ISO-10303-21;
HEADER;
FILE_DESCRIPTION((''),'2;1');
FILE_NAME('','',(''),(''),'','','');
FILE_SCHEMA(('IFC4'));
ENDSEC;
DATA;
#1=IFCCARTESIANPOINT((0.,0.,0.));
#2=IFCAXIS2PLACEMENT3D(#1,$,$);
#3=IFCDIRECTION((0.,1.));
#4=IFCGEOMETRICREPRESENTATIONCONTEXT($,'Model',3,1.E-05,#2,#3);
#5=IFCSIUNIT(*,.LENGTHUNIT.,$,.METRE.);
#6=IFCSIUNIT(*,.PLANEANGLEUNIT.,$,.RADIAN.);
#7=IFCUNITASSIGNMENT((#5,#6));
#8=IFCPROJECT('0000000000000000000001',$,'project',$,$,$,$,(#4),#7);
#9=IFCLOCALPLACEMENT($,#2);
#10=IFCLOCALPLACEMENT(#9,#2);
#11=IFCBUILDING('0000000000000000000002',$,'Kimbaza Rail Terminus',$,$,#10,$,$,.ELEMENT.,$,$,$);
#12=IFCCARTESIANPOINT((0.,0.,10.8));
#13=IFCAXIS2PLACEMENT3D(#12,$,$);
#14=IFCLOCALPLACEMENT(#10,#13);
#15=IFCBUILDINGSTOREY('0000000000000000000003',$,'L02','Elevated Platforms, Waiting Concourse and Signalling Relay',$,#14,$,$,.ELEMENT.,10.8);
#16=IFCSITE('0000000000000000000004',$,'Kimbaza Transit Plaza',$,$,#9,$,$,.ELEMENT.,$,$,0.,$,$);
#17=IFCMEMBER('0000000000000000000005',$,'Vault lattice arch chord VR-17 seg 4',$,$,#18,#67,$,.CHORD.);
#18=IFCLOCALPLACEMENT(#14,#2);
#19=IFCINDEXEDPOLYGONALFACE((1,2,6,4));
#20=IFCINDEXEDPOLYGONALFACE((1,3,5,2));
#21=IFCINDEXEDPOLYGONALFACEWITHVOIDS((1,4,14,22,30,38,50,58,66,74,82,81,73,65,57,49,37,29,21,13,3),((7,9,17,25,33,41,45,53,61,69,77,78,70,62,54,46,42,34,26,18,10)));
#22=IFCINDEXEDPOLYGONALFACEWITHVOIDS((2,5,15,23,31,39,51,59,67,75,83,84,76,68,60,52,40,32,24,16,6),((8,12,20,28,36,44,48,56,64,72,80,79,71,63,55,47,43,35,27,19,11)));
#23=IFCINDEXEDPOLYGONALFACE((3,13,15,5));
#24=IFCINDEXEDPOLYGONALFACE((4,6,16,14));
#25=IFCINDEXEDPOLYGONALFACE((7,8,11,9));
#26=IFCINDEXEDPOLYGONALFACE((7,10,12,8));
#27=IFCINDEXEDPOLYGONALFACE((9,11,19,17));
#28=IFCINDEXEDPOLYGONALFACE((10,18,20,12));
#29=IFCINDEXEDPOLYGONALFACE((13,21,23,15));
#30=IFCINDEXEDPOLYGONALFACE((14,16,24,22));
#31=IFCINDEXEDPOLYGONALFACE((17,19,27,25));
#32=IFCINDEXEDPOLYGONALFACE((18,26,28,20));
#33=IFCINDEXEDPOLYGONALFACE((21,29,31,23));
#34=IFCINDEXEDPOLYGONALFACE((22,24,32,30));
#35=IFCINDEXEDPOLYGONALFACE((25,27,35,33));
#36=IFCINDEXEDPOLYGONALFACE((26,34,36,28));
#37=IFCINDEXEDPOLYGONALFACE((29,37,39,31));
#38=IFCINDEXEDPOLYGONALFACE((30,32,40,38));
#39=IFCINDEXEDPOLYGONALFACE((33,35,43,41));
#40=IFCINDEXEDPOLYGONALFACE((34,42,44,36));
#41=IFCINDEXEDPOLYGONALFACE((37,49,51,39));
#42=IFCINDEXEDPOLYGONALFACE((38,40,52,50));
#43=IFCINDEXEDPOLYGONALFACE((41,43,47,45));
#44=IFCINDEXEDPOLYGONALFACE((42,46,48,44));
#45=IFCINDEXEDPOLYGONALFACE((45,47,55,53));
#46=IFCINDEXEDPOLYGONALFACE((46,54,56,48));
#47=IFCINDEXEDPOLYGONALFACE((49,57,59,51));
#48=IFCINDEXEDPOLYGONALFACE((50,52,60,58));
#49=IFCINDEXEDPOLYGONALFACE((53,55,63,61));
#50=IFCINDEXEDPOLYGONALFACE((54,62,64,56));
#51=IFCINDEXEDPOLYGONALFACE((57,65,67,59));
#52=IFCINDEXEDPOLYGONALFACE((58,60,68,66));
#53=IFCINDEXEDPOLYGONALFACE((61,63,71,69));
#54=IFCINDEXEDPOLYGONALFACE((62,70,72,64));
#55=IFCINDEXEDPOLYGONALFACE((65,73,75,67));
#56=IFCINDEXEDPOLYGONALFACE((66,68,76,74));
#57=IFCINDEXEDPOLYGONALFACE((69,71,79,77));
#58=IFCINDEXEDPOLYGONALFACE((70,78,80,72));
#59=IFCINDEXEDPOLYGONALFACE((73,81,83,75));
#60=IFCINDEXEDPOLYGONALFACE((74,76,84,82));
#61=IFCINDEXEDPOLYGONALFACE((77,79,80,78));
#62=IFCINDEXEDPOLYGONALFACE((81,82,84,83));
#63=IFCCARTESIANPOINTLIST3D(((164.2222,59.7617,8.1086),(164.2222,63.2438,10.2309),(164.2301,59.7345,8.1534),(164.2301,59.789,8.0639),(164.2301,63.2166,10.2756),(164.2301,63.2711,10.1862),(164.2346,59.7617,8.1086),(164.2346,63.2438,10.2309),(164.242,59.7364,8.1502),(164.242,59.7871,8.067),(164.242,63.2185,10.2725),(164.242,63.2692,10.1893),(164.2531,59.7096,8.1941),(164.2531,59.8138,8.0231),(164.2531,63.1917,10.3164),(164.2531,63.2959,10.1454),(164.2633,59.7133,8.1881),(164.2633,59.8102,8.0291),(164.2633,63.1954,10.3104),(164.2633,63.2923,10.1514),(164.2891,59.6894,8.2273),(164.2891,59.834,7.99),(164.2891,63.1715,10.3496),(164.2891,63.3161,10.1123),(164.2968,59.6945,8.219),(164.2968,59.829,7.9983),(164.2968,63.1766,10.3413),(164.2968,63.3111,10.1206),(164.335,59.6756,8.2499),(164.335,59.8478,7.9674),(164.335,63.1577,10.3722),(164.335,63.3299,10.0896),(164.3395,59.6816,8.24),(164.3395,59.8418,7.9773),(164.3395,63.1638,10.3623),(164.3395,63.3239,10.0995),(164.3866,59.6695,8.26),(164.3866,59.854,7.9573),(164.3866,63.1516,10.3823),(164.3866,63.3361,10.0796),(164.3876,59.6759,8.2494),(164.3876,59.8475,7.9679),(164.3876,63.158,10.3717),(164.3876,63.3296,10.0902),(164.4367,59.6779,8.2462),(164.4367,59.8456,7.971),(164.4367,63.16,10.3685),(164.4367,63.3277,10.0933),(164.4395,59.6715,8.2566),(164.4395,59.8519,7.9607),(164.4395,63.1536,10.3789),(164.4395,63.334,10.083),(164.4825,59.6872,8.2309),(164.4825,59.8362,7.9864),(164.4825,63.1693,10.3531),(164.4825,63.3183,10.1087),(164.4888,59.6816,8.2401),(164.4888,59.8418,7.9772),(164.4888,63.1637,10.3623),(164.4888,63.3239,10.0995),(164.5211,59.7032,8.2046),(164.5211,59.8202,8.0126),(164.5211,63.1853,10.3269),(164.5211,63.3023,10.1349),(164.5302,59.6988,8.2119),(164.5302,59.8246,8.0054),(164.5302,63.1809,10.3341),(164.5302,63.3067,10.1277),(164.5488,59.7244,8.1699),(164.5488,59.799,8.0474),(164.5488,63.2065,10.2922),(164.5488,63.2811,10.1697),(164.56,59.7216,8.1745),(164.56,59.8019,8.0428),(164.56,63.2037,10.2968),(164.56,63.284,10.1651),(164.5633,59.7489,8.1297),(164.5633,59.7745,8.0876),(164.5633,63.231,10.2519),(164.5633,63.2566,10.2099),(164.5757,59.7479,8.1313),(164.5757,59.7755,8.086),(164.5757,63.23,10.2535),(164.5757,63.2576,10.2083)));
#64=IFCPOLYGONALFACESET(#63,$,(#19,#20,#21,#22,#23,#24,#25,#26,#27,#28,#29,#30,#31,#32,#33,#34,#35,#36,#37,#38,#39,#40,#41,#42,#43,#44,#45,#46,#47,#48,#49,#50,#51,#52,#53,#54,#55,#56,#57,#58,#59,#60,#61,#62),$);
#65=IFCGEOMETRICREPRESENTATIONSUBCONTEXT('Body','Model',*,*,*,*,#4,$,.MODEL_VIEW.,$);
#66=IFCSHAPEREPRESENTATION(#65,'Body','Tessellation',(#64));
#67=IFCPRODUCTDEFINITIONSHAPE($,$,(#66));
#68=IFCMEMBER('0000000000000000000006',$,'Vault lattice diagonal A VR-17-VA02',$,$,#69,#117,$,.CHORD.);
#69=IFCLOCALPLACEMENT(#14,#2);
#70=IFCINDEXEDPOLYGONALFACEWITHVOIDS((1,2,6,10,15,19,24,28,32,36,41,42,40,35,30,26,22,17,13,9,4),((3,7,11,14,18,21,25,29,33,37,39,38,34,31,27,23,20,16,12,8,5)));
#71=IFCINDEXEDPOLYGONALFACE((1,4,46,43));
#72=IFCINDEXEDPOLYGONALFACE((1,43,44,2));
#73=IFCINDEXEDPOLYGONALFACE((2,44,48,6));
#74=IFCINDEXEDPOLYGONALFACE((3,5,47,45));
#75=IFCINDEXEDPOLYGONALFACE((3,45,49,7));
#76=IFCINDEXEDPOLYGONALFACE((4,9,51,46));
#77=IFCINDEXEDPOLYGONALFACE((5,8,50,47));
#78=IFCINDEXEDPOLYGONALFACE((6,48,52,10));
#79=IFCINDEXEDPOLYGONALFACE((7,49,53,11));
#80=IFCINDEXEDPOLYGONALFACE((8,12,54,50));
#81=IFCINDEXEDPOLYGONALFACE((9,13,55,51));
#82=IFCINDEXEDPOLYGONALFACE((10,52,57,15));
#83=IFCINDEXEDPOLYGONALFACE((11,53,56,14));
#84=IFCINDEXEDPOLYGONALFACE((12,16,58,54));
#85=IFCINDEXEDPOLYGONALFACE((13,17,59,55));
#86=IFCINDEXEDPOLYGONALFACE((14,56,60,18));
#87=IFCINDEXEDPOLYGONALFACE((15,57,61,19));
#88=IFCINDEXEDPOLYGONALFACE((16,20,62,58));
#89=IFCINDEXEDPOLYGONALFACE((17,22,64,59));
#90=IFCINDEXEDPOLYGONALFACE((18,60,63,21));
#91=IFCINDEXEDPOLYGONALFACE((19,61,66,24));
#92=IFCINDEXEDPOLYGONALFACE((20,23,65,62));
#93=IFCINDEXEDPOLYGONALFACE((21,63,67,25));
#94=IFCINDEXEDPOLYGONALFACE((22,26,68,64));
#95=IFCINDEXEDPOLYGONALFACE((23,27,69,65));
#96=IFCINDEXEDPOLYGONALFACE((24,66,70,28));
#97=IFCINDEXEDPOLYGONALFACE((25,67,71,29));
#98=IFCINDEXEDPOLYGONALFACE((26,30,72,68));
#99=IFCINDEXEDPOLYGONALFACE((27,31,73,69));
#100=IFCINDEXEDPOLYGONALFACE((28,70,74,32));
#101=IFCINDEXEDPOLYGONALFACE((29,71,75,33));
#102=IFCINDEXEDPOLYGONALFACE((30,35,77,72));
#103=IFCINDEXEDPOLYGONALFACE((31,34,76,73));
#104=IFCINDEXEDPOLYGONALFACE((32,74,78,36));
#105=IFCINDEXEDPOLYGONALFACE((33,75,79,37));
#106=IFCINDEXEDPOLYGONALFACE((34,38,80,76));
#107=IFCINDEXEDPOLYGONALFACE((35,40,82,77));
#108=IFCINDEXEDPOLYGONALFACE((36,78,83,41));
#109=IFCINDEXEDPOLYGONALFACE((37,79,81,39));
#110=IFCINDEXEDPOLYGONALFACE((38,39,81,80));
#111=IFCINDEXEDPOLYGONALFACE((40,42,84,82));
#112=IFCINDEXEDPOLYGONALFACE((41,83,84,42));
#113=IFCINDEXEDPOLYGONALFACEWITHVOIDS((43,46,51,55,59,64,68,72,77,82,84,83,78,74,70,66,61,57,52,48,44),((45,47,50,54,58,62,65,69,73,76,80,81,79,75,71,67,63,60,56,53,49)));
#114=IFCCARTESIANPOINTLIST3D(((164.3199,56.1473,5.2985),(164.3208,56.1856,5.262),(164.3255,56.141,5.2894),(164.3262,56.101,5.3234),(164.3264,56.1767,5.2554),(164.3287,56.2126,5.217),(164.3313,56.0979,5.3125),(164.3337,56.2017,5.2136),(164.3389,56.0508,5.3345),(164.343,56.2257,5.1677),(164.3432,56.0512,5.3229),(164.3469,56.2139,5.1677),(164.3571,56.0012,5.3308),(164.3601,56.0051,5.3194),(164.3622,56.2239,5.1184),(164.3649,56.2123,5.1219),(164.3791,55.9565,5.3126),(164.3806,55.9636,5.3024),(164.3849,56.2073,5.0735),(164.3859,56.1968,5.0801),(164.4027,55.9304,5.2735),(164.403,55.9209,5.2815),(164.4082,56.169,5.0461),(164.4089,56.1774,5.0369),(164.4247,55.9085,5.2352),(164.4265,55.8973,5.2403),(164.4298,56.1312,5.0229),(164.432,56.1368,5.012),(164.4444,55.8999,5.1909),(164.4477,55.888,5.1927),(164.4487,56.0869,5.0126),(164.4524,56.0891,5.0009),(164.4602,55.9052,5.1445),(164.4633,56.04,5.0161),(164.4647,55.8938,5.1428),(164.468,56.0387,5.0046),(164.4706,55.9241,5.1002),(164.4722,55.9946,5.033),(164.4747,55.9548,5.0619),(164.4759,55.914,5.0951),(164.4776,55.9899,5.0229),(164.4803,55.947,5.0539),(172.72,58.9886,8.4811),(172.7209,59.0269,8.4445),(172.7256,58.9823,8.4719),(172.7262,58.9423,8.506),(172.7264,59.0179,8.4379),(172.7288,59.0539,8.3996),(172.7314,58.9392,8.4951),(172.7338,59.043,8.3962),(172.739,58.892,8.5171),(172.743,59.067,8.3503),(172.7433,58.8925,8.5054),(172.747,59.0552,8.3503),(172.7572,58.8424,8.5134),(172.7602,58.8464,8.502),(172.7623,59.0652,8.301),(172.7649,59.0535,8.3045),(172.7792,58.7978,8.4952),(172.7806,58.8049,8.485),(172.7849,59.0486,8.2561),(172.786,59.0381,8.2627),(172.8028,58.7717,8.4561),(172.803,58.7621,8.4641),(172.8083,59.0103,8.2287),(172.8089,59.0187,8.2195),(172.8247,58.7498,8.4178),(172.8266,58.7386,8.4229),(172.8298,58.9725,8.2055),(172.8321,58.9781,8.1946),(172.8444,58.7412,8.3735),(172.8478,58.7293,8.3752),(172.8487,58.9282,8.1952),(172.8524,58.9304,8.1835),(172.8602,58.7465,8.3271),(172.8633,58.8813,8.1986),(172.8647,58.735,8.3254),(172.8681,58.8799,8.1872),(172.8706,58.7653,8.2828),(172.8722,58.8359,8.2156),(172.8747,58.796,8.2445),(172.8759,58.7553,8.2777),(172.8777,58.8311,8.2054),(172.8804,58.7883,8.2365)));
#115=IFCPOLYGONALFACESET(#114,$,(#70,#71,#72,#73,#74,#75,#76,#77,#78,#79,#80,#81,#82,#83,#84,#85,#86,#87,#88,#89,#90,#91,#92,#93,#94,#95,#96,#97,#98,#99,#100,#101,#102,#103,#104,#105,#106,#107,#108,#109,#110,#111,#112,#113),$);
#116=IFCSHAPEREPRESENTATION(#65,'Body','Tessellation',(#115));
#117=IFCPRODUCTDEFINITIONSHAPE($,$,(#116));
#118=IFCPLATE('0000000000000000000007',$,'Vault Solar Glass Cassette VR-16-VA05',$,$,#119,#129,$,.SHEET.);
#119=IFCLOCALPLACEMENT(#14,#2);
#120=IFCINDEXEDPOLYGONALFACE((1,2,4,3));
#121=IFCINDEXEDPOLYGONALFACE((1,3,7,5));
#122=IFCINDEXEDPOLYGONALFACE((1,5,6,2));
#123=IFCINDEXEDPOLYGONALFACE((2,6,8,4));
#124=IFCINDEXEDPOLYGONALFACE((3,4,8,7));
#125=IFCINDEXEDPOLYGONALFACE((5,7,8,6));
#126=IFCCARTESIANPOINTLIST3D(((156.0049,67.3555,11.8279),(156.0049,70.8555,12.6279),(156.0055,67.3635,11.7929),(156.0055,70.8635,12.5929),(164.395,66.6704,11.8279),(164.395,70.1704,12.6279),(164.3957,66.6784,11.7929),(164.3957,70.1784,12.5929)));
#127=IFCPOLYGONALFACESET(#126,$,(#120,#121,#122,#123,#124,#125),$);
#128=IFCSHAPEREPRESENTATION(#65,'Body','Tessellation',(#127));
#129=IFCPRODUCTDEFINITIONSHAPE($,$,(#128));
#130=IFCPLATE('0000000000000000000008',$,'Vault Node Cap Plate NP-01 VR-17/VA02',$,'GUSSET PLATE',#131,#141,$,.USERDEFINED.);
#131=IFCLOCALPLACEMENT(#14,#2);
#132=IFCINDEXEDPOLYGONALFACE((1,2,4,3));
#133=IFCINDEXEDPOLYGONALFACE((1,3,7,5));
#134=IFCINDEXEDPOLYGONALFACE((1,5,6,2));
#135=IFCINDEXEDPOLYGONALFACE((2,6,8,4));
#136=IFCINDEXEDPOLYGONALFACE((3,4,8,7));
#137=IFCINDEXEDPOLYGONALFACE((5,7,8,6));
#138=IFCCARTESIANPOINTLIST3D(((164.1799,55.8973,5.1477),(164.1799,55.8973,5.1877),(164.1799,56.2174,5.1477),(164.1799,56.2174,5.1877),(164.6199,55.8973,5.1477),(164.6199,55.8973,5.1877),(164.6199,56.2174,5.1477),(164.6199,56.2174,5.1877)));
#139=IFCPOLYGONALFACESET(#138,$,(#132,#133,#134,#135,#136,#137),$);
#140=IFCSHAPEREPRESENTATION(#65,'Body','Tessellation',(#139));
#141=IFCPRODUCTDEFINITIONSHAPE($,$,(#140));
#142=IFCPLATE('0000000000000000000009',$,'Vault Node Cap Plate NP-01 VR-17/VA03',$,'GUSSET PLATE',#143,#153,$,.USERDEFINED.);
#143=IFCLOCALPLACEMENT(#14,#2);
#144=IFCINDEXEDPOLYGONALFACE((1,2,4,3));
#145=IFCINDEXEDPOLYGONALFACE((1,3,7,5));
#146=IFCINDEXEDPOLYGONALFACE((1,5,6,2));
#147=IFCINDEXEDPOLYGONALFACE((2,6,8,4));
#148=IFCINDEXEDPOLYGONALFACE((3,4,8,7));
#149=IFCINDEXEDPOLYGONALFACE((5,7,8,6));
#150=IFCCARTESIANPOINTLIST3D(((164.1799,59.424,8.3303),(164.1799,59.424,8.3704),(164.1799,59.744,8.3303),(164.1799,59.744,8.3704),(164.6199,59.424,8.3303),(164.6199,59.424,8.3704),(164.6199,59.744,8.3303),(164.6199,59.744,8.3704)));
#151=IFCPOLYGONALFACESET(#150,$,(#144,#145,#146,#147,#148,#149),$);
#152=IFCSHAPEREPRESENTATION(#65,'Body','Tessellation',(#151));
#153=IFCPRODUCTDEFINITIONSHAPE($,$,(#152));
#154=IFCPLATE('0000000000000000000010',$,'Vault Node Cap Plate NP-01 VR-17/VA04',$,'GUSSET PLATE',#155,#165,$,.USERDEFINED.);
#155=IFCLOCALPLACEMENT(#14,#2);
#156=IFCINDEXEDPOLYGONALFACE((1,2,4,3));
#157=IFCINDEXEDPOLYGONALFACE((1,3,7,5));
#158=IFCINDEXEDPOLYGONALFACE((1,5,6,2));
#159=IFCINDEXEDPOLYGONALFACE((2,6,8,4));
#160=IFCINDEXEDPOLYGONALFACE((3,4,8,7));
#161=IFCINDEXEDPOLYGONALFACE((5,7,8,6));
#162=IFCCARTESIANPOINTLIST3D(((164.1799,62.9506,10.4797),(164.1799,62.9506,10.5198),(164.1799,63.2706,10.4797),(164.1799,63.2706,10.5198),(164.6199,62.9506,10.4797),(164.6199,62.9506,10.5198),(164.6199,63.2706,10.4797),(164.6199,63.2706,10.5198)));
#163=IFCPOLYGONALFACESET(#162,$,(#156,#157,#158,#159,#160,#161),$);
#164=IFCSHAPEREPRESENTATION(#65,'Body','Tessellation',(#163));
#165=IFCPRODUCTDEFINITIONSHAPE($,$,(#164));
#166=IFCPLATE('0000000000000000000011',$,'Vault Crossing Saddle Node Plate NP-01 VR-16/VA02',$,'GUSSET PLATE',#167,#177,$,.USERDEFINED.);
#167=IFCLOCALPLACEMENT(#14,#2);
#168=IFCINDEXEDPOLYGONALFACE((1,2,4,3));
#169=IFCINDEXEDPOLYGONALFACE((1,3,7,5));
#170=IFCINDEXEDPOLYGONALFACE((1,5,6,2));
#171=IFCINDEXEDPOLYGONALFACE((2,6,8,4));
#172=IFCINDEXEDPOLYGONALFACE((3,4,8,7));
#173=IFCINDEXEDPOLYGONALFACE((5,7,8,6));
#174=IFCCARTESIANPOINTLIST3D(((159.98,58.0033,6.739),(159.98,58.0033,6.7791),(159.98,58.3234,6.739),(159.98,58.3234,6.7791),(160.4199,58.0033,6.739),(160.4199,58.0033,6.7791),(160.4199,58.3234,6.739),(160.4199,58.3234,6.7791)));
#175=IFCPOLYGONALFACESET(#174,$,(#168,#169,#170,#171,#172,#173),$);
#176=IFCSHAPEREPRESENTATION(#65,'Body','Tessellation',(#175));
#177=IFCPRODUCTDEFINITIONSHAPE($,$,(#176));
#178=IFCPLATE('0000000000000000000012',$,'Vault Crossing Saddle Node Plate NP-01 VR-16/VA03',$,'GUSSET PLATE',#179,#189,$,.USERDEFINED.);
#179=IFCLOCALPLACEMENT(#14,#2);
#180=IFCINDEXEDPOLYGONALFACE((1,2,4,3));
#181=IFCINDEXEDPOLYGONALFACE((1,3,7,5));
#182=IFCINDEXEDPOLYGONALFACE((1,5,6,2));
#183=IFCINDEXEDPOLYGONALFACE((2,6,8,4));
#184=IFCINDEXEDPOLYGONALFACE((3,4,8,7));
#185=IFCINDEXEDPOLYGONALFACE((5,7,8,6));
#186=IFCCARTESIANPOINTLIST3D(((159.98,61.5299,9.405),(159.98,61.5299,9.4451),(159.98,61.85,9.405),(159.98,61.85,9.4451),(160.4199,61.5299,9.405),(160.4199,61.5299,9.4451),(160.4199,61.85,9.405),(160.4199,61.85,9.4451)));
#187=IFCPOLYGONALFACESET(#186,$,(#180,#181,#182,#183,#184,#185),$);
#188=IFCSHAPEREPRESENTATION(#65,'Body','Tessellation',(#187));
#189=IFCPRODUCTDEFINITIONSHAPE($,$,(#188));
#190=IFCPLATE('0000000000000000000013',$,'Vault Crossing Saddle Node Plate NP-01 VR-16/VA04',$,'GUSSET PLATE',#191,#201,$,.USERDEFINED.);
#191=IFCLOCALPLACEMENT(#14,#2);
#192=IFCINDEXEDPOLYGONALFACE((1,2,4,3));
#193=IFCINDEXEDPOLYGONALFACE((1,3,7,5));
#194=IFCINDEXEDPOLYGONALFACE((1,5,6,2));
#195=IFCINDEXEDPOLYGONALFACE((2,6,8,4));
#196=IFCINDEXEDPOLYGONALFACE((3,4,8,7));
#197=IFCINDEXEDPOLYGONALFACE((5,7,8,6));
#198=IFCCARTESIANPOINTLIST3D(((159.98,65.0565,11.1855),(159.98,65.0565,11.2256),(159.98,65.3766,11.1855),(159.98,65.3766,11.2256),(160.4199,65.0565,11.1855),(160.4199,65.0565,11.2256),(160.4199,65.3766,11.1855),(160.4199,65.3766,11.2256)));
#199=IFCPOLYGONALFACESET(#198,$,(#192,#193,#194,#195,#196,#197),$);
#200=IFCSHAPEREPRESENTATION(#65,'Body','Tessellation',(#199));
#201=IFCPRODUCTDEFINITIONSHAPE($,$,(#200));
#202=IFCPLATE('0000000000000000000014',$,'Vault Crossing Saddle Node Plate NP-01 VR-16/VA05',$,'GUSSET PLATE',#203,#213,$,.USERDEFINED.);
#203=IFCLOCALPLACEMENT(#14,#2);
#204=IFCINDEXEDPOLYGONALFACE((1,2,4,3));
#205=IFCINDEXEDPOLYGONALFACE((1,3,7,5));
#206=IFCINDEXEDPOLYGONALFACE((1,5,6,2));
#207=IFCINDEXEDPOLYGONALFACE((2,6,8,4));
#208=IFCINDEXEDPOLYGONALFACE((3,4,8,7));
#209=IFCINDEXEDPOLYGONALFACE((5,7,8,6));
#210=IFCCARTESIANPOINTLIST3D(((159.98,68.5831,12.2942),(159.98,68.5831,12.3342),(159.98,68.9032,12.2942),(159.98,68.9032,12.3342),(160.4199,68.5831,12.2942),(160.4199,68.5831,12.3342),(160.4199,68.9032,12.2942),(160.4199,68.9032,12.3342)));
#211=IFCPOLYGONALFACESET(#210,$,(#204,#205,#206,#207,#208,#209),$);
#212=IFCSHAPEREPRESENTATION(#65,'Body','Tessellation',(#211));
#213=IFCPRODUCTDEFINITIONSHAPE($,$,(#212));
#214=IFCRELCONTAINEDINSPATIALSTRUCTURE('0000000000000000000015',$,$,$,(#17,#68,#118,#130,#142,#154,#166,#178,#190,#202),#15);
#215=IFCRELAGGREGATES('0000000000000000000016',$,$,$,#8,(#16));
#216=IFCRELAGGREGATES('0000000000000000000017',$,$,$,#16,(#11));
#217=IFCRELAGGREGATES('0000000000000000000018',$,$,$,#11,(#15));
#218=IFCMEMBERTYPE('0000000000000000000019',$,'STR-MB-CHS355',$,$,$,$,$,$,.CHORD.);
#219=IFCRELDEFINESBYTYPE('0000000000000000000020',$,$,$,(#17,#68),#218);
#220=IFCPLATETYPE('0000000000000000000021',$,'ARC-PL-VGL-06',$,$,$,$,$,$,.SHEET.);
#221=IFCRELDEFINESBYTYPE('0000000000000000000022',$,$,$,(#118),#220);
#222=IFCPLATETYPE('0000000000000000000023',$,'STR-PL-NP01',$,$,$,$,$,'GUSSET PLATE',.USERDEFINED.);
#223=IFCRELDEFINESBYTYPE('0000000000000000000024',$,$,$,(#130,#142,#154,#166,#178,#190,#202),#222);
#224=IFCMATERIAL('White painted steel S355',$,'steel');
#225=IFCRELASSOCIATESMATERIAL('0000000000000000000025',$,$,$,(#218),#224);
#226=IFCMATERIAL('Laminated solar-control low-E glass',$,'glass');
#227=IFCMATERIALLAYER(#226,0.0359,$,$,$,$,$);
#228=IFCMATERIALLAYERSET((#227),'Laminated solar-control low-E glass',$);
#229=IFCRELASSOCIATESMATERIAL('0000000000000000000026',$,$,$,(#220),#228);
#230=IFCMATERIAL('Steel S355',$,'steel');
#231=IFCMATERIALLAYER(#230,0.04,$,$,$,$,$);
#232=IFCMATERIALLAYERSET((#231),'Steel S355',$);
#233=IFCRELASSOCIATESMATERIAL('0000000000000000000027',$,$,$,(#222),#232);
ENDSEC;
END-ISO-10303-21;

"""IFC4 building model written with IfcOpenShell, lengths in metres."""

from ifc_helpers import new_model, si_unit, direction, frame, origin, origin_2d, place, context, subcontext, project, spatial, polyline, rectangle, hollow_circle, outline, extrude, material, layer, layer_set, material_profile, profile_set, type_object, element, save


model = new_model("IFC4")

# Units and contexts
model_context = context("Model", 3, precision=1e-05, world=origin(), true_north=direction((0.0, 1.0)))
body_context = subcontext(model_context, "Body", "Model", "MODEL_VIEW")
ifc_project = project(units=[si_unit("LENGTHUNIT", "METRE"), si_unit("PLANEANGLEUNIT", "RADIAN")], contexts=[model_context])

# Site, building, storey
site_placement = place(None, origin())
site = spatial("IfcSite", under=ifc_project, at=site_placement, Name="Kimbaza Transit Plaza", CompositionType="ELEMENT", RefElevation=0.0)
building_placement = place(site_placement, origin())
building = spatial("IfcBuilding", under=site, at=building_placement, Name="Kimbaza Rail Terminus", CompositionType="ELEMENT")
storey_placement = place(building_placement, frame((0.0, 0.0, 10.8)))
storey = spatial("IfcBuildingStorey", under=building, at=storey_placement, Name="L02", Description="Elevated Platforms, Waiting Concourse and Signalling Relay", CompositionType="ELEMENT", Elevation=10.8)

# Members
ifc_material_1 = material(Name="White painted steel S355", Category="steel")
ifc_material_profile_1 = material_profile(ifc_material_1, hollow_circle(Radius=0.1777, WallThickness=0.0125, at=origin_2d()), Name="CHS 355.6x12.5")
ifc_profile_set_1 = profile_set([ifc_material_profile_1], Name="White painted steel S355")
member_type_1 = type_object("IfcMemberType", Name="STR-MB-CHS355", PredefinedType="CHORD", material=ifc_profile_set_1)
member_1_placement = place(storey_placement, frame((164.3999, 59.7617, 8.1086), z_axis=(0.0, 0.853901, 0.520435), x_axis=(-1.0, 0.0, 0.0)))
element("IfcMember", 1, at=member_1_placement, inside=storey, type_object=member_type_1, Name="Vault lattice arch chord VR-17 seg 4", PredefinedType="CHORD", context=body_context, shape_type="SweptSolid", body=[
    extrude(hollow_circle(Radius=0.1777, WallThickness=0.0125, at=origin_2d()), origin(), (0.0, 0.0, 1.0), 4.0779),
])
member_2_placement = place(storey_placement, frame((164.3999, 56.0574, 5.1677), z_axis=(0.891594, 0.301577, 0.337804), x_axis=(-0.320412, 0.947278, 0.0)))
element("IfcMember", 2, at=member_2_placement, inside=storey, type_object=member_type_1, Name="Vault lattice diagonal A VR-17-VA02", PredefinedType="CHORD", context=body_context, shape_type="SweptSolid", body=[
    extrude(hollow_circle(Radius=0.1777, WallThickness=0.0125, at=origin_2d()), origin(), (0.0, 0.0, 1.0), 9.4214),
])

# Plates
ifc_material_2 = material(Name="Laminated solar-control low-E glass", Category="glass")
ifc_layer_1 = layer(ifc_material_2, 0.0359)
ifc_layer_set_1 = layer_set([ifc_layer_1], Name="Laminated solar-control low-E glass")
plate_type_1 = type_object("IfcPlateType", Name="ARC-PL-VGL-06", PredefinedType="SHEET", material=ifc_layer_set_1)
plate_placement = place(storey_placement, frame((156.0049, 67.3555, 11.8279), z_axis=(-0.018192, -0.222801, 0.974694), x_axis=(0.996683, -0.08138, 0.0)))
element("IfcPlate", 3, at=plate_placement, inside=storey, type_object=plate_type_1, Name="Vault Solar Glass Cassette VR-16-VA05", PredefinedType="SHEET", context=body_context, shape_type="SweptSolid", body=[
    extrude(outline(polyline([(0.0, 0.0), (8.4181, 0.0), (8.1332, 3.579), (-0.2848, 3.579), (0.0, 0.0)])), origin(), (0.0, 0.0, -1.0), 0.0359),
])
ifc_material_3 = material(Name="Steel S355", Category="steel")
ifc_layer_2 = layer(ifc_material_3, 0.04)
ifc_layer_set_2 = layer_set([ifc_layer_2], Name="Steel S355")
plate_type_2 = type_object("IfcPlateType", Name="STR-PL-NP01", ElementType="GUSSET PLATE", PredefinedType="USERDEFINED", material=ifc_layer_set_2)
for number, where, z_axis, x_axis, name in (
    (4, (164.3999, 56.0574, 5.1477), (0.0, 0.0, 1.0), (1.0, 0.0, 0.0), "Vault Node Cap Plate NP-01 VR-17/VA02"),
    (5, (164.3999, 59.584, 8.3303), (0.0, 0.0, 1.0), (1.0, 0.0, 0.0), "Vault Node Cap Plate NP-01 VR-17/VA03"),
    (6, (164.3999, 63.1106, 10.4797), (0.0, 0.0, 1.0), (1.0, 0.0, 0.0), "Vault Node Cap Plate NP-01 VR-17/VA04"),
    (7, (160.2, 58.1633, 6.739), (0.0, 0.0, 1.0), (1.0, 0.0, 0.0), "Vault Crossing Saddle Node Plate NP-01 VR-16/VA02"),
    (8, (160.2, 61.6899, 9.405), (0.0, 0.0, 1.0), (1.0, 0.0, 0.0), "Vault Crossing Saddle Node Plate NP-01 VR-16/VA03"),
    (9, (160.2, 65.2166, 11.1855), (0.0, 0.0, 1.0), (1.0, 0.0, 0.0), "Vault Crossing Saddle Node Plate NP-01 VR-16/VA04"),
    (10, (160.2, 68.7432, 12.2942), (0.0, 0.0, 1.0), (1.0, 0.0, 0.0), "Vault Crossing Saddle Node Plate NP-01 VR-16/VA05"),
):
    element("IfcPlate", number, at=place(storey_placement, frame(where, z_axis=z_axis, x_axis=x_axis)), inside=storey, type_object=plate_type_2, Name=name, ObjectType="GUSSET PLATE", PredefinedType="USERDEFINED", context=body_context, shape_type="SweptSolid", body=[
        extrude(rectangle(XDim=0.4399, YDim=0.3201, at=origin_2d()), origin(), (0.0, 0.0, 1.0), 0.04),
    ])

save(model, "model.ifc")
